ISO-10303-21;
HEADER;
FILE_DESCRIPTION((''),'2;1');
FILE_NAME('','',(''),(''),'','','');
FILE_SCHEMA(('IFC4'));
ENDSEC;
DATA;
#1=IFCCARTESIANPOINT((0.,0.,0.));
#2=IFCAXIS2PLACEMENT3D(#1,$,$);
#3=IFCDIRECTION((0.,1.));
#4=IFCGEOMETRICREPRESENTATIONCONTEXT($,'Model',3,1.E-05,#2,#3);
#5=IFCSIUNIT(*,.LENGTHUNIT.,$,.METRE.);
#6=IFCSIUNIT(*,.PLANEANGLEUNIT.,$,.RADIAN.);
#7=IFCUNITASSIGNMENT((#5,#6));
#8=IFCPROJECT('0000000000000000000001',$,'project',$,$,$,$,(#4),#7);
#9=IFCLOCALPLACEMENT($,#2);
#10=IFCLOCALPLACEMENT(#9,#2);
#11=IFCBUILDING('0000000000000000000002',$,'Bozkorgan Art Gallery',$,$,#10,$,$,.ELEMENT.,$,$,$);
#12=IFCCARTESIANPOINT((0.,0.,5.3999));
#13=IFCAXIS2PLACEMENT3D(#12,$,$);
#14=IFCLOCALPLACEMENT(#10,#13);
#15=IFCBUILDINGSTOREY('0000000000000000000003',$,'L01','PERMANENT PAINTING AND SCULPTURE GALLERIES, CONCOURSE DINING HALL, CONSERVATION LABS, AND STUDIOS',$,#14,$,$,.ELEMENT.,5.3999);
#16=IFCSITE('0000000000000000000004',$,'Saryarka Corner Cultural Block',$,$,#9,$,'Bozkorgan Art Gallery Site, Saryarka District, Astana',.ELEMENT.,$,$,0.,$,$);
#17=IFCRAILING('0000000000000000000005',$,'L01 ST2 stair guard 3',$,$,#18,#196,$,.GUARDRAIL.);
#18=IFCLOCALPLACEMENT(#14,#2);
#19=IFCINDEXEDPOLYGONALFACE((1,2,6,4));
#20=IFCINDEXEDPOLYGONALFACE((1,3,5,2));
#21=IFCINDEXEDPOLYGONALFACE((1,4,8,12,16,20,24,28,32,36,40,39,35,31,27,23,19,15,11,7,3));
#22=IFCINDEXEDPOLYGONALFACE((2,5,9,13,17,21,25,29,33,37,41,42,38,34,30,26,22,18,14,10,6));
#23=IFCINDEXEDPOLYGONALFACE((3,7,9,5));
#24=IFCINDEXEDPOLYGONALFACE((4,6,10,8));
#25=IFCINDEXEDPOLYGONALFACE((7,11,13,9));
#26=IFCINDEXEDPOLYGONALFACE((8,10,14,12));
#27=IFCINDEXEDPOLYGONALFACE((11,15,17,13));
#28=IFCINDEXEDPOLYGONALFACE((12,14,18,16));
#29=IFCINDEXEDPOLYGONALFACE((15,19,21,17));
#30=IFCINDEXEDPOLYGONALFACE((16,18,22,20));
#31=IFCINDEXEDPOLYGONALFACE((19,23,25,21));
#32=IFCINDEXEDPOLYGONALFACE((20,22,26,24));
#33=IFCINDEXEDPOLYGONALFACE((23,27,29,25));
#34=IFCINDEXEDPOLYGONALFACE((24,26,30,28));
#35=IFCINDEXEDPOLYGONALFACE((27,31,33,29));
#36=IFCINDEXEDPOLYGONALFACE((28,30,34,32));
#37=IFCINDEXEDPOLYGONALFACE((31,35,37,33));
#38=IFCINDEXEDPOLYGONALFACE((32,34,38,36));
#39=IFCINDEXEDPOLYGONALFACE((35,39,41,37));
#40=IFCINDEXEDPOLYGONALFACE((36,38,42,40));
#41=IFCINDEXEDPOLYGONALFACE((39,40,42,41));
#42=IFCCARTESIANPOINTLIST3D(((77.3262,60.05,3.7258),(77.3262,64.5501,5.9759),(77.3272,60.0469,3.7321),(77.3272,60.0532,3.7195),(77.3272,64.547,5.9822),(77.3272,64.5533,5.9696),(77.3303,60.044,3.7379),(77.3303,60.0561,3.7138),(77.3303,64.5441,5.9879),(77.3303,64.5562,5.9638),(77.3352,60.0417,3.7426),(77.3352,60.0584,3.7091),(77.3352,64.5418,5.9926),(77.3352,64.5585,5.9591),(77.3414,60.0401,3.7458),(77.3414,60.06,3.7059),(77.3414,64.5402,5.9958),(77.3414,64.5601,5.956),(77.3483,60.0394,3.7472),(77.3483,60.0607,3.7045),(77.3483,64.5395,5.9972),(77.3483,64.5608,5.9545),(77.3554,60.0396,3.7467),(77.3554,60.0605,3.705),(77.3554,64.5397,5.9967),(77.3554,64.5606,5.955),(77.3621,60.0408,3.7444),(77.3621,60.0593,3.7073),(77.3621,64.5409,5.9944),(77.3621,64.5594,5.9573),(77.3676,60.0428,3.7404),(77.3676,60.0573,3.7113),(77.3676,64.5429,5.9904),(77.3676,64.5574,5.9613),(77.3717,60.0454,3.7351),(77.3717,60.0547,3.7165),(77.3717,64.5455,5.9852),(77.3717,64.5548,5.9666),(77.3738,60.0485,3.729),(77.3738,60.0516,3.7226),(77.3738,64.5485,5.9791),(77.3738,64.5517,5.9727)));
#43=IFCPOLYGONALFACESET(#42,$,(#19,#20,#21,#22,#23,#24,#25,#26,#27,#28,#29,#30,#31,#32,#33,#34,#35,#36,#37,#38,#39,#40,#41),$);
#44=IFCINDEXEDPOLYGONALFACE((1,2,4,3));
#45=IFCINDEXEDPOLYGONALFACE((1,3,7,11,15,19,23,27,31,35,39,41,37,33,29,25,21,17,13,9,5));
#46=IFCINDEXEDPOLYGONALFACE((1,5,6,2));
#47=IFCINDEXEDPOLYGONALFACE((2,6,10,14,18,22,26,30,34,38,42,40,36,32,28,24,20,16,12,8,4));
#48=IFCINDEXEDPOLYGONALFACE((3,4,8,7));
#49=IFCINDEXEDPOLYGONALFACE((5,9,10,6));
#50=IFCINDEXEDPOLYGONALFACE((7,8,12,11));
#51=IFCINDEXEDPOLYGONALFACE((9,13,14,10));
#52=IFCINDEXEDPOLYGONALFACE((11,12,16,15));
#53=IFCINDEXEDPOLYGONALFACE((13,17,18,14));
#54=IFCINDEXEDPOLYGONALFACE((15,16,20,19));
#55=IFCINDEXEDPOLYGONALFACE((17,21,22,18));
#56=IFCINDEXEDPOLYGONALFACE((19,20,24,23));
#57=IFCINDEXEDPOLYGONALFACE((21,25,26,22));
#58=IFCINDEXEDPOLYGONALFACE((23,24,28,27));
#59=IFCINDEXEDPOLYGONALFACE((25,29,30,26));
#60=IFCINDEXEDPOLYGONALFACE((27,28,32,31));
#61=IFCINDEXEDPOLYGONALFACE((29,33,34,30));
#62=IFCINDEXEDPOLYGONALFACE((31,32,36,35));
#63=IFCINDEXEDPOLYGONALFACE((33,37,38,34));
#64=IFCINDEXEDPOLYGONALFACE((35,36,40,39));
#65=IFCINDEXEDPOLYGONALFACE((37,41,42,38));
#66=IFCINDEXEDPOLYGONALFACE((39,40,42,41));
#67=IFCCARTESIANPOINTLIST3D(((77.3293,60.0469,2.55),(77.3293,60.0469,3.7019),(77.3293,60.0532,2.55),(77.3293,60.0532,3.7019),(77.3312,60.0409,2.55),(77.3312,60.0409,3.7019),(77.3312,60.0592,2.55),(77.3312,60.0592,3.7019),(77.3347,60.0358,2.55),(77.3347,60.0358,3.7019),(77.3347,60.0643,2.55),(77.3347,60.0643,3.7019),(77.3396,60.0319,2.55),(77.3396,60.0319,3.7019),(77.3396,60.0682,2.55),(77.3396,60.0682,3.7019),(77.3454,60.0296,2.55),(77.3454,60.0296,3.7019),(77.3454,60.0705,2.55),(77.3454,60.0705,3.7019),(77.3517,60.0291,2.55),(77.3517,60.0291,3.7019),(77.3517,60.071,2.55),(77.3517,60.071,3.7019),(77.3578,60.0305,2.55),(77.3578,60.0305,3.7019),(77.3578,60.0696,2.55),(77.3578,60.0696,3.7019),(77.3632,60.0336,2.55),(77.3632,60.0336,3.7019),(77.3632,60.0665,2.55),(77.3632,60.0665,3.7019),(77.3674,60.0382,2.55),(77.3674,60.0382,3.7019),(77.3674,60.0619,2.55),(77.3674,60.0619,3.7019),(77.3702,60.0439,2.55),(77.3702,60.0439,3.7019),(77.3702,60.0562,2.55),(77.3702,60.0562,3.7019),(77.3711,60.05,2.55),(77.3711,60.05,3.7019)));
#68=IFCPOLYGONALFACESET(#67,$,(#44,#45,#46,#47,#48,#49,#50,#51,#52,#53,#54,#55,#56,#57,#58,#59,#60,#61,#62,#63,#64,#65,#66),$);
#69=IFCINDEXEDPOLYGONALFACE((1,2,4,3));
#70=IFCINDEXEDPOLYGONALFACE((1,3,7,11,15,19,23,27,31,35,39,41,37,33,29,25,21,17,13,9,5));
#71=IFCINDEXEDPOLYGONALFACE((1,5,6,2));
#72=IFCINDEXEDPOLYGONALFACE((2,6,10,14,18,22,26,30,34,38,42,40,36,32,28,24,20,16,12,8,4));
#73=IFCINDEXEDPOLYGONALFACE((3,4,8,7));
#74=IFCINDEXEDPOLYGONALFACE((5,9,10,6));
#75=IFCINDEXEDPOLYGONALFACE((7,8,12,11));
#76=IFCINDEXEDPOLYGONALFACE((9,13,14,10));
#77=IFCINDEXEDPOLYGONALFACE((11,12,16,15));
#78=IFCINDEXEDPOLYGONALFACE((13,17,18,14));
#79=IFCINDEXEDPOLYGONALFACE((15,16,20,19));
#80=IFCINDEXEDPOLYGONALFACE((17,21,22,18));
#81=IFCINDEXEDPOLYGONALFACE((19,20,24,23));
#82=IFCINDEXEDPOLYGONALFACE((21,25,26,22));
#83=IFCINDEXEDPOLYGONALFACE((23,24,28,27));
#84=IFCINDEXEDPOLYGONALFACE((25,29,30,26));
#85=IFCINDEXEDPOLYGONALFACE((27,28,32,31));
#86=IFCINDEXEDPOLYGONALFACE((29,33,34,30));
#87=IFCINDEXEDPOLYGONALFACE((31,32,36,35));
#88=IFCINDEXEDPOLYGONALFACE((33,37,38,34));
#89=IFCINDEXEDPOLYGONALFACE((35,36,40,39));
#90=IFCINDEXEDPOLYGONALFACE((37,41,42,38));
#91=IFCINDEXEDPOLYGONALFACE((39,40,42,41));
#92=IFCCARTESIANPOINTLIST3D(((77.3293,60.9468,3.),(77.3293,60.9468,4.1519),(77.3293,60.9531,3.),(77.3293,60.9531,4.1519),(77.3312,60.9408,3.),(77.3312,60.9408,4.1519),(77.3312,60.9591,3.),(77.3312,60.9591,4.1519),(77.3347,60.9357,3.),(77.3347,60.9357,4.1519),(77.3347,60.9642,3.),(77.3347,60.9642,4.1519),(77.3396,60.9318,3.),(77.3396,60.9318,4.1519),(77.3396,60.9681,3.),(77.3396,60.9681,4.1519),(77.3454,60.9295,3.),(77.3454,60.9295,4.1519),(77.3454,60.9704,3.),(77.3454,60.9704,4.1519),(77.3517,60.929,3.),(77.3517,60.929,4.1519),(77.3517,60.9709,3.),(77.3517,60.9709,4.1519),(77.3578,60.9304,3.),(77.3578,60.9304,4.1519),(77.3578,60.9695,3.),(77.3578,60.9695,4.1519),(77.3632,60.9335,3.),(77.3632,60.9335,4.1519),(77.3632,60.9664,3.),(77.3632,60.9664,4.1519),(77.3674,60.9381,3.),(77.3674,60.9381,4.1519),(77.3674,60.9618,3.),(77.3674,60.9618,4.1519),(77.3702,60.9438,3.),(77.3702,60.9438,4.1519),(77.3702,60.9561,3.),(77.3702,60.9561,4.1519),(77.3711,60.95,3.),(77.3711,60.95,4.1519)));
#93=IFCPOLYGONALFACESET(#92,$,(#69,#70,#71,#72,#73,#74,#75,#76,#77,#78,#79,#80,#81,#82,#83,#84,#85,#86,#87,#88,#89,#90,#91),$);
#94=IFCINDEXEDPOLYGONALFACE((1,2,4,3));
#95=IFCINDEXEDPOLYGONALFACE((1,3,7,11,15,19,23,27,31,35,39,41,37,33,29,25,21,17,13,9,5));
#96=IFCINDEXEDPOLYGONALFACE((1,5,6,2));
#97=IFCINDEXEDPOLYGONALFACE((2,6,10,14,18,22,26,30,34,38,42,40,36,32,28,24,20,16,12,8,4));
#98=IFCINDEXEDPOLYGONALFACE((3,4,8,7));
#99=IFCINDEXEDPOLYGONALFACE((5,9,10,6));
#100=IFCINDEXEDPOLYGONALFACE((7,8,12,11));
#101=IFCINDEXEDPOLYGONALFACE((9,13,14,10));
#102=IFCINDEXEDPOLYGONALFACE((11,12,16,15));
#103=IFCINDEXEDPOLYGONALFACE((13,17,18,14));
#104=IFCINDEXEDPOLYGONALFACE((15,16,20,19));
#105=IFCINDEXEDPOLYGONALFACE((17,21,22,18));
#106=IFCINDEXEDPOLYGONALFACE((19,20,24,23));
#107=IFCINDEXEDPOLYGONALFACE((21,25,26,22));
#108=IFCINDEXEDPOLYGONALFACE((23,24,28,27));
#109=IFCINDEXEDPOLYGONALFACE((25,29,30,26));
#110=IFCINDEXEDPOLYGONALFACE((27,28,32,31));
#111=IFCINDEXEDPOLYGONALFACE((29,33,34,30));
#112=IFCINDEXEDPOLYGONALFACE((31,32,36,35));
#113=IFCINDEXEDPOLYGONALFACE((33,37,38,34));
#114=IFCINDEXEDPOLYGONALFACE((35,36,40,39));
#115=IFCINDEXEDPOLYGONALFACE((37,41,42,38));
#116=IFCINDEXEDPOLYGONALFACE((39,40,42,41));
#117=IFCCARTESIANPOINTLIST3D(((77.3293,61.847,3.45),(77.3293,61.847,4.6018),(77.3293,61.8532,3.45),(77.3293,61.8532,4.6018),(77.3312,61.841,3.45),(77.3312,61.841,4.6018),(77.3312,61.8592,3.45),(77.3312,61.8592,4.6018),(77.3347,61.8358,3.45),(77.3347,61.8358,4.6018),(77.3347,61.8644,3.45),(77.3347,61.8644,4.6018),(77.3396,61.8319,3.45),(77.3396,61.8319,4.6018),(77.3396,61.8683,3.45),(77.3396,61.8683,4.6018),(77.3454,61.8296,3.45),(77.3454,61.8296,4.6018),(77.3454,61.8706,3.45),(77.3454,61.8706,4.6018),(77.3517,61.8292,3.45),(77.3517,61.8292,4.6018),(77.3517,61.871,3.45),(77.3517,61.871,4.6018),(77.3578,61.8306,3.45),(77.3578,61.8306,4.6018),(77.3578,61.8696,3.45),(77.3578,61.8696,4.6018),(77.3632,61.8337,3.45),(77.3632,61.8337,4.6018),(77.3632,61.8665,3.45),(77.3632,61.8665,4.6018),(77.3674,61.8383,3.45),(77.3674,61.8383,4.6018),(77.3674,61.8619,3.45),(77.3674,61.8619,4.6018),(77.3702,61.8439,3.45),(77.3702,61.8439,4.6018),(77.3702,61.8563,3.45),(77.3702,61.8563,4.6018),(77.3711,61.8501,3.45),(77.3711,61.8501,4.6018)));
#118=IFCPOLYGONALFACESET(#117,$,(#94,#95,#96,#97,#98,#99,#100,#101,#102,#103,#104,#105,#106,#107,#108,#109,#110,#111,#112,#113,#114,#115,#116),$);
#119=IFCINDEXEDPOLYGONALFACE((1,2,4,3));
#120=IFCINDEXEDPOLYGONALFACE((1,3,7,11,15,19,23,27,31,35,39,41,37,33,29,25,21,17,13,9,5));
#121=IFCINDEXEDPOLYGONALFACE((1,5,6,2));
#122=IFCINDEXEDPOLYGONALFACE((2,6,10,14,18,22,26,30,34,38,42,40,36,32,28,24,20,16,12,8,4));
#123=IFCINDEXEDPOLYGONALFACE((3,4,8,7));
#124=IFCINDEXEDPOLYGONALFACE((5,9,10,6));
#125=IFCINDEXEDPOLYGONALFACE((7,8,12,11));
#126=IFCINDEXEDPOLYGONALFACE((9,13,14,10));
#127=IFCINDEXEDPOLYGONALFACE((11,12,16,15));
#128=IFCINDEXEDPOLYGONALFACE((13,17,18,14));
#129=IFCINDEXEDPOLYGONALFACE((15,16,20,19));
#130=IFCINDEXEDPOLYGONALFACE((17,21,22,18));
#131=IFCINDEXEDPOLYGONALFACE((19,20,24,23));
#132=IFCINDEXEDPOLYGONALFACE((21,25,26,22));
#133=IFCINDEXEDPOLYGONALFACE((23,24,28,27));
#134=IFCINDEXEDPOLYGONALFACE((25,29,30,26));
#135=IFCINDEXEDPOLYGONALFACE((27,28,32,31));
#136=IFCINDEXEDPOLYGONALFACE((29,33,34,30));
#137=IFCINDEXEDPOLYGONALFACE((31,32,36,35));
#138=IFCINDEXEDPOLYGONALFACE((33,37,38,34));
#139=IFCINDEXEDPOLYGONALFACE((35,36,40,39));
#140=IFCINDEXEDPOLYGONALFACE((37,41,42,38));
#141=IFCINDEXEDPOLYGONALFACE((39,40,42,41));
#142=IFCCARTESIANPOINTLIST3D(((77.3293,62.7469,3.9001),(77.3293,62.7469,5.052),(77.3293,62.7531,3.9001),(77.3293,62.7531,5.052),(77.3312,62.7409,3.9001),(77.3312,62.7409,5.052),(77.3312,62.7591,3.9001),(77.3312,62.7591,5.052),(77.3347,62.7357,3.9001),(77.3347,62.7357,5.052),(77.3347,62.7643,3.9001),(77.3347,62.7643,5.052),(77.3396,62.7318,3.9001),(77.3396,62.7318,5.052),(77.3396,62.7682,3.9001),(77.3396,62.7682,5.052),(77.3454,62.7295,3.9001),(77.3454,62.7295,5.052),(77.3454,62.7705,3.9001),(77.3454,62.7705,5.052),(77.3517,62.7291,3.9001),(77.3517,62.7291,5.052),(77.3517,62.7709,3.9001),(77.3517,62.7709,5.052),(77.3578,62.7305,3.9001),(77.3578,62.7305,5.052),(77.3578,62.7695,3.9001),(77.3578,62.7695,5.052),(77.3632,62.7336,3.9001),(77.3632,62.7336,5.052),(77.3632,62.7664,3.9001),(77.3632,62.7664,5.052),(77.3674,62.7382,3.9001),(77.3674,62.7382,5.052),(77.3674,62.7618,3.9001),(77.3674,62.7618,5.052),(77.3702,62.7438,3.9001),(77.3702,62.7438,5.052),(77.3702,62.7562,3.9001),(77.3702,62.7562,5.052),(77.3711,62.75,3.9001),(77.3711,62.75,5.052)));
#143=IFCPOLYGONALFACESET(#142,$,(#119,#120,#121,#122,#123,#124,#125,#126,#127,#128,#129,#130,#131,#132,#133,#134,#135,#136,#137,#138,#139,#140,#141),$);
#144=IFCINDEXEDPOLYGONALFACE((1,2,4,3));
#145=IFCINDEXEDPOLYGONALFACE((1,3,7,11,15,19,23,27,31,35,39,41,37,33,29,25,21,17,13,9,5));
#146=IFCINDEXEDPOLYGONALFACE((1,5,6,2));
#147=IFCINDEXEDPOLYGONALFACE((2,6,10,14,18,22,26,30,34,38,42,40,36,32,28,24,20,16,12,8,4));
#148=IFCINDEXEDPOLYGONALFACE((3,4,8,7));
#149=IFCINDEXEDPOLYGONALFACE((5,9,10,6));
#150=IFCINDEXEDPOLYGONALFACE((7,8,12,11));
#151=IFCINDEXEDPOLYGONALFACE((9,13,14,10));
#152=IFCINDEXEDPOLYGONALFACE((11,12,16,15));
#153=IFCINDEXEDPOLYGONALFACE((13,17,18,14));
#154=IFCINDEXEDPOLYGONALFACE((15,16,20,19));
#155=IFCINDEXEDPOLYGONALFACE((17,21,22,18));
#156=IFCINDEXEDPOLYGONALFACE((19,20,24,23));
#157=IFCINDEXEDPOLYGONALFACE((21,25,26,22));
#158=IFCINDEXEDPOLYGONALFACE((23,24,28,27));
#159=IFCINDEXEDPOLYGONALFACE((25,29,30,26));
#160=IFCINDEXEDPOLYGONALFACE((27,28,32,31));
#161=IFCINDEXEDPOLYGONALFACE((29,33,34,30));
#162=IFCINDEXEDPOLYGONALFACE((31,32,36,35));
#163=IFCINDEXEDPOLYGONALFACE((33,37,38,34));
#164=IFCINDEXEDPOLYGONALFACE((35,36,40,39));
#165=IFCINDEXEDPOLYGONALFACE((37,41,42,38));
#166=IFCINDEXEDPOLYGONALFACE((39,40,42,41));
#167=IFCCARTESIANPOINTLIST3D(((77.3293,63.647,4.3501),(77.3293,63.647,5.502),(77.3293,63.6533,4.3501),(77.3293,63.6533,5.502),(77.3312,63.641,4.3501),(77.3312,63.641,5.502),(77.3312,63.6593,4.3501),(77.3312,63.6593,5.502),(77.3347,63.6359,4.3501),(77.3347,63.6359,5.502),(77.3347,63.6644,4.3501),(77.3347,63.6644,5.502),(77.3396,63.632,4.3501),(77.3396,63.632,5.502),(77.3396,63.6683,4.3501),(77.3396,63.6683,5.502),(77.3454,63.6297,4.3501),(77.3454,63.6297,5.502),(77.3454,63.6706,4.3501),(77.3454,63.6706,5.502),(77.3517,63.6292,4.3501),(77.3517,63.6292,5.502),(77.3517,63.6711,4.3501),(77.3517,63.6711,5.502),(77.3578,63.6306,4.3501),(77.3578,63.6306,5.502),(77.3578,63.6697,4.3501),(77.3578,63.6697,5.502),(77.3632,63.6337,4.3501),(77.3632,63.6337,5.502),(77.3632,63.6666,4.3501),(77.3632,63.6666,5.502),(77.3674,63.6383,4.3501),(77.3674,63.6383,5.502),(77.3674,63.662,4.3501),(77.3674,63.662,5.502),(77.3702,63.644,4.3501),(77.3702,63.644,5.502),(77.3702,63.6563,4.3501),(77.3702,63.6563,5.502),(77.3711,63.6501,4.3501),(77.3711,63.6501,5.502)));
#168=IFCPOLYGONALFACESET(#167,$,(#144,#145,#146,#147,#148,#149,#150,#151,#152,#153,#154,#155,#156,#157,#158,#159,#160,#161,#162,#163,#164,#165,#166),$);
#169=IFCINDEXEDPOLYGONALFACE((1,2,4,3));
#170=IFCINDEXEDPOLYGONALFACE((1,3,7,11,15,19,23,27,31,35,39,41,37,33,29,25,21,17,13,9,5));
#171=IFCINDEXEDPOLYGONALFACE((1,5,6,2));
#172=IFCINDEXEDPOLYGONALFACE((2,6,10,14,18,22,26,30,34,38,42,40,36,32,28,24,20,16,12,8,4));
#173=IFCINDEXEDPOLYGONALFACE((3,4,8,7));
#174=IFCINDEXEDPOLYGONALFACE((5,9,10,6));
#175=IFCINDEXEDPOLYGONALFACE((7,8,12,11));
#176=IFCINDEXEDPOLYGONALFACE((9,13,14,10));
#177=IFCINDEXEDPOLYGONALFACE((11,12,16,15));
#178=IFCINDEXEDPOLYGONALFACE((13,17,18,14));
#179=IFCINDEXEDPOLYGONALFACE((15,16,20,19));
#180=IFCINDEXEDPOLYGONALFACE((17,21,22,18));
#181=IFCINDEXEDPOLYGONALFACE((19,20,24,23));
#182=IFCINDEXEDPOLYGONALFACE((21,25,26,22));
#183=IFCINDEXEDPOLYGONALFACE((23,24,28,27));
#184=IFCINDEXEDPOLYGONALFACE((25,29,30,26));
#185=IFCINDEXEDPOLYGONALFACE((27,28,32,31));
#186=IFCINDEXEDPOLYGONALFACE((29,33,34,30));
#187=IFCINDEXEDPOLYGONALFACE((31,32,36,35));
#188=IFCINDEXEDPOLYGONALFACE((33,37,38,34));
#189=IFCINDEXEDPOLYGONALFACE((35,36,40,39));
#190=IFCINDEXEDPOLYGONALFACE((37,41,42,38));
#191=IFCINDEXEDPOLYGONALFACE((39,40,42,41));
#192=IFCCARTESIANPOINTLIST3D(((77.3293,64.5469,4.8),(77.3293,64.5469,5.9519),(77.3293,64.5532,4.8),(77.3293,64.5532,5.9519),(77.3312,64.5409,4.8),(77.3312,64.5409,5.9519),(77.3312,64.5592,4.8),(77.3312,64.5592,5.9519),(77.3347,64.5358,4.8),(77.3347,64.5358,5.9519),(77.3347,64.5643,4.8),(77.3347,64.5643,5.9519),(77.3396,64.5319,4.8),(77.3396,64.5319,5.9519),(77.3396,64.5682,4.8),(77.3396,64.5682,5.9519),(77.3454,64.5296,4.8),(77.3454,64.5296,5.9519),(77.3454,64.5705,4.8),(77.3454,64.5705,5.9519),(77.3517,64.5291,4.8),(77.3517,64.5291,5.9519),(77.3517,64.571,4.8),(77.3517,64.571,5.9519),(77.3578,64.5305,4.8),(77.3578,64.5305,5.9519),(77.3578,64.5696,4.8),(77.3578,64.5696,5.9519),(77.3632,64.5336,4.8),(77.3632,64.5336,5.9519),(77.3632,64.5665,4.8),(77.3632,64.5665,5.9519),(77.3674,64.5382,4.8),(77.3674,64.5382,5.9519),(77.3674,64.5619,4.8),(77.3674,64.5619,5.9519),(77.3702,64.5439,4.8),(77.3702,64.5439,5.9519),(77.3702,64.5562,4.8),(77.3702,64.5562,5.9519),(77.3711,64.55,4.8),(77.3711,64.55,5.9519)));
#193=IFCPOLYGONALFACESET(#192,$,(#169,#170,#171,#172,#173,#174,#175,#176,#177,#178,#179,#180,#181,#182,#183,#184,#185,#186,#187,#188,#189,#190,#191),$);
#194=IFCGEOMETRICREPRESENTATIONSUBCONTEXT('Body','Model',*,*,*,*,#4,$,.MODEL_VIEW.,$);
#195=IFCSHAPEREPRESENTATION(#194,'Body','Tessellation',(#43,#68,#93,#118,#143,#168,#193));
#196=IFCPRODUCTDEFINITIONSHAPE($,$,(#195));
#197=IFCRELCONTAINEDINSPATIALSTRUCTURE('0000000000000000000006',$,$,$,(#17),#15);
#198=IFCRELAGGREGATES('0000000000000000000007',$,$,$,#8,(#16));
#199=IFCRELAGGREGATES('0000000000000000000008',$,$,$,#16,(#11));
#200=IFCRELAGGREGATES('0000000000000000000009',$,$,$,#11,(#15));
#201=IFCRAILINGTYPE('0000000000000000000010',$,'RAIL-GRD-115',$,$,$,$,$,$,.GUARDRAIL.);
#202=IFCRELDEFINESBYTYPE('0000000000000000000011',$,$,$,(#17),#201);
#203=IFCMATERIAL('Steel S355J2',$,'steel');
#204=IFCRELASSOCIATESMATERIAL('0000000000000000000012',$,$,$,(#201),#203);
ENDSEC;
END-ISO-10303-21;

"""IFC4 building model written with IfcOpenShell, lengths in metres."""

from ifc_helpers import new_model, si_unit, direction, frame, origin, origin_2d, place, context, subcontext, project, spatial, circle, extrude, material, type_object, element, save


model = new_model("IFC4")

# Units and contexts
model_context = context("Model", 3, precision=1e-05, world=origin(), true_north=direction((0.0, 1.0)))
body_context = subcontext(model_context, "Body", "Model", "MODEL_VIEW")
ifc_project = project(units=[si_unit("LENGTHUNIT", "METRE"), si_unit("PLANEANGLEUNIT", "RADIAN")], contexts=[model_context])

# Site, building, storey
site_placement = place(None, origin())
site = spatial("IfcSite", under=ifc_project, at=site_placement, Name="Saryarka Corner Cultural Block", LongName="Bozkorgan Art Gallery Site, Saryarka District, Astana", CompositionType="ELEMENT", RefElevation=0.0)
building_placement = place(site_placement, origin())
building = spatial("IfcBuilding", under=site, at=building_placement, Name="Bozkorgan Art Gallery", CompositionType="ELEMENT")
storey_placement = place(building_placement, frame((0.0, 0.0, 5.3999)))
storey = spatial("IfcBuildingStorey", under=building, at=storey_placement, Name="L01", Description="PERMANENT PAINTING AND SCULPTURE GALLERIES, CONCOURSE DINING HALL, CONSERVATION LABS, AND STUDIOS", CompositionType="ELEMENT", Elevation=5.3999)

# Railing
ifc_material_1 = material(Name="Steel S355J2", Category="steel")
railing_type_1 = type_object("IfcRailingType", Name="RAIL-GRD-115", PredefinedType="GUARDRAIL", material=ifc_material_1)
railing_1_placement = place(storey_placement, frame((77.3501, 60.05, 2.55)))
element("IfcRailing", 1, at=railing_1_placement, inside=storey, type_object=railing_type_1, Name="L01 ST2 stair guard 3", PredefinedType="GUARDRAIL", context=body_context, shape_type="SweptSolid", body=[
    extrude(circle(Radius=0.0239, at=origin_2d()), frame((0.0, 0.0, 1.1758), z_axis=(0.0, 0.894427, 0.447214), x_axis=(-1.0, 0.0, 0.0)), (0.0, 0.0, 1.0), 5.0312),
    extrude(circle(Radius=0.021, at=origin_2d()), origin(), (0.0, 0.0, 1.0), 1.1519),
    extrude(circle(Radius=0.021, at=origin_2d()), frame((0.0, 0.8999, 0.45)), (0.0, 0.0, 1.0), 1.1519),
    extrude(circle(Radius=0.021, at=origin_2d()), frame((0.0, 1.8, 0.8999)), (0.0, 0.0, 1.0), 1.1519),
    extrude(circle(Radius=0.021, at=origin_2d()), frame((0.0, 2.7, 1.3501)), (0.0, 0.0, 1.0), 1.1519),
    extrude(circle(Radius=0.021, at=origin_2d()), frame((0.0, 3.6001, 1.8)), (0.0, 0.0, 1.0), 1.1519),
    extrude(circle(Radius=0.021, at=origin_2d()), frame((0.0, 4.5, 2.25)), (0.0, 0.0, 1.0), 1.1519),
])

save(model, "model.ifc")
